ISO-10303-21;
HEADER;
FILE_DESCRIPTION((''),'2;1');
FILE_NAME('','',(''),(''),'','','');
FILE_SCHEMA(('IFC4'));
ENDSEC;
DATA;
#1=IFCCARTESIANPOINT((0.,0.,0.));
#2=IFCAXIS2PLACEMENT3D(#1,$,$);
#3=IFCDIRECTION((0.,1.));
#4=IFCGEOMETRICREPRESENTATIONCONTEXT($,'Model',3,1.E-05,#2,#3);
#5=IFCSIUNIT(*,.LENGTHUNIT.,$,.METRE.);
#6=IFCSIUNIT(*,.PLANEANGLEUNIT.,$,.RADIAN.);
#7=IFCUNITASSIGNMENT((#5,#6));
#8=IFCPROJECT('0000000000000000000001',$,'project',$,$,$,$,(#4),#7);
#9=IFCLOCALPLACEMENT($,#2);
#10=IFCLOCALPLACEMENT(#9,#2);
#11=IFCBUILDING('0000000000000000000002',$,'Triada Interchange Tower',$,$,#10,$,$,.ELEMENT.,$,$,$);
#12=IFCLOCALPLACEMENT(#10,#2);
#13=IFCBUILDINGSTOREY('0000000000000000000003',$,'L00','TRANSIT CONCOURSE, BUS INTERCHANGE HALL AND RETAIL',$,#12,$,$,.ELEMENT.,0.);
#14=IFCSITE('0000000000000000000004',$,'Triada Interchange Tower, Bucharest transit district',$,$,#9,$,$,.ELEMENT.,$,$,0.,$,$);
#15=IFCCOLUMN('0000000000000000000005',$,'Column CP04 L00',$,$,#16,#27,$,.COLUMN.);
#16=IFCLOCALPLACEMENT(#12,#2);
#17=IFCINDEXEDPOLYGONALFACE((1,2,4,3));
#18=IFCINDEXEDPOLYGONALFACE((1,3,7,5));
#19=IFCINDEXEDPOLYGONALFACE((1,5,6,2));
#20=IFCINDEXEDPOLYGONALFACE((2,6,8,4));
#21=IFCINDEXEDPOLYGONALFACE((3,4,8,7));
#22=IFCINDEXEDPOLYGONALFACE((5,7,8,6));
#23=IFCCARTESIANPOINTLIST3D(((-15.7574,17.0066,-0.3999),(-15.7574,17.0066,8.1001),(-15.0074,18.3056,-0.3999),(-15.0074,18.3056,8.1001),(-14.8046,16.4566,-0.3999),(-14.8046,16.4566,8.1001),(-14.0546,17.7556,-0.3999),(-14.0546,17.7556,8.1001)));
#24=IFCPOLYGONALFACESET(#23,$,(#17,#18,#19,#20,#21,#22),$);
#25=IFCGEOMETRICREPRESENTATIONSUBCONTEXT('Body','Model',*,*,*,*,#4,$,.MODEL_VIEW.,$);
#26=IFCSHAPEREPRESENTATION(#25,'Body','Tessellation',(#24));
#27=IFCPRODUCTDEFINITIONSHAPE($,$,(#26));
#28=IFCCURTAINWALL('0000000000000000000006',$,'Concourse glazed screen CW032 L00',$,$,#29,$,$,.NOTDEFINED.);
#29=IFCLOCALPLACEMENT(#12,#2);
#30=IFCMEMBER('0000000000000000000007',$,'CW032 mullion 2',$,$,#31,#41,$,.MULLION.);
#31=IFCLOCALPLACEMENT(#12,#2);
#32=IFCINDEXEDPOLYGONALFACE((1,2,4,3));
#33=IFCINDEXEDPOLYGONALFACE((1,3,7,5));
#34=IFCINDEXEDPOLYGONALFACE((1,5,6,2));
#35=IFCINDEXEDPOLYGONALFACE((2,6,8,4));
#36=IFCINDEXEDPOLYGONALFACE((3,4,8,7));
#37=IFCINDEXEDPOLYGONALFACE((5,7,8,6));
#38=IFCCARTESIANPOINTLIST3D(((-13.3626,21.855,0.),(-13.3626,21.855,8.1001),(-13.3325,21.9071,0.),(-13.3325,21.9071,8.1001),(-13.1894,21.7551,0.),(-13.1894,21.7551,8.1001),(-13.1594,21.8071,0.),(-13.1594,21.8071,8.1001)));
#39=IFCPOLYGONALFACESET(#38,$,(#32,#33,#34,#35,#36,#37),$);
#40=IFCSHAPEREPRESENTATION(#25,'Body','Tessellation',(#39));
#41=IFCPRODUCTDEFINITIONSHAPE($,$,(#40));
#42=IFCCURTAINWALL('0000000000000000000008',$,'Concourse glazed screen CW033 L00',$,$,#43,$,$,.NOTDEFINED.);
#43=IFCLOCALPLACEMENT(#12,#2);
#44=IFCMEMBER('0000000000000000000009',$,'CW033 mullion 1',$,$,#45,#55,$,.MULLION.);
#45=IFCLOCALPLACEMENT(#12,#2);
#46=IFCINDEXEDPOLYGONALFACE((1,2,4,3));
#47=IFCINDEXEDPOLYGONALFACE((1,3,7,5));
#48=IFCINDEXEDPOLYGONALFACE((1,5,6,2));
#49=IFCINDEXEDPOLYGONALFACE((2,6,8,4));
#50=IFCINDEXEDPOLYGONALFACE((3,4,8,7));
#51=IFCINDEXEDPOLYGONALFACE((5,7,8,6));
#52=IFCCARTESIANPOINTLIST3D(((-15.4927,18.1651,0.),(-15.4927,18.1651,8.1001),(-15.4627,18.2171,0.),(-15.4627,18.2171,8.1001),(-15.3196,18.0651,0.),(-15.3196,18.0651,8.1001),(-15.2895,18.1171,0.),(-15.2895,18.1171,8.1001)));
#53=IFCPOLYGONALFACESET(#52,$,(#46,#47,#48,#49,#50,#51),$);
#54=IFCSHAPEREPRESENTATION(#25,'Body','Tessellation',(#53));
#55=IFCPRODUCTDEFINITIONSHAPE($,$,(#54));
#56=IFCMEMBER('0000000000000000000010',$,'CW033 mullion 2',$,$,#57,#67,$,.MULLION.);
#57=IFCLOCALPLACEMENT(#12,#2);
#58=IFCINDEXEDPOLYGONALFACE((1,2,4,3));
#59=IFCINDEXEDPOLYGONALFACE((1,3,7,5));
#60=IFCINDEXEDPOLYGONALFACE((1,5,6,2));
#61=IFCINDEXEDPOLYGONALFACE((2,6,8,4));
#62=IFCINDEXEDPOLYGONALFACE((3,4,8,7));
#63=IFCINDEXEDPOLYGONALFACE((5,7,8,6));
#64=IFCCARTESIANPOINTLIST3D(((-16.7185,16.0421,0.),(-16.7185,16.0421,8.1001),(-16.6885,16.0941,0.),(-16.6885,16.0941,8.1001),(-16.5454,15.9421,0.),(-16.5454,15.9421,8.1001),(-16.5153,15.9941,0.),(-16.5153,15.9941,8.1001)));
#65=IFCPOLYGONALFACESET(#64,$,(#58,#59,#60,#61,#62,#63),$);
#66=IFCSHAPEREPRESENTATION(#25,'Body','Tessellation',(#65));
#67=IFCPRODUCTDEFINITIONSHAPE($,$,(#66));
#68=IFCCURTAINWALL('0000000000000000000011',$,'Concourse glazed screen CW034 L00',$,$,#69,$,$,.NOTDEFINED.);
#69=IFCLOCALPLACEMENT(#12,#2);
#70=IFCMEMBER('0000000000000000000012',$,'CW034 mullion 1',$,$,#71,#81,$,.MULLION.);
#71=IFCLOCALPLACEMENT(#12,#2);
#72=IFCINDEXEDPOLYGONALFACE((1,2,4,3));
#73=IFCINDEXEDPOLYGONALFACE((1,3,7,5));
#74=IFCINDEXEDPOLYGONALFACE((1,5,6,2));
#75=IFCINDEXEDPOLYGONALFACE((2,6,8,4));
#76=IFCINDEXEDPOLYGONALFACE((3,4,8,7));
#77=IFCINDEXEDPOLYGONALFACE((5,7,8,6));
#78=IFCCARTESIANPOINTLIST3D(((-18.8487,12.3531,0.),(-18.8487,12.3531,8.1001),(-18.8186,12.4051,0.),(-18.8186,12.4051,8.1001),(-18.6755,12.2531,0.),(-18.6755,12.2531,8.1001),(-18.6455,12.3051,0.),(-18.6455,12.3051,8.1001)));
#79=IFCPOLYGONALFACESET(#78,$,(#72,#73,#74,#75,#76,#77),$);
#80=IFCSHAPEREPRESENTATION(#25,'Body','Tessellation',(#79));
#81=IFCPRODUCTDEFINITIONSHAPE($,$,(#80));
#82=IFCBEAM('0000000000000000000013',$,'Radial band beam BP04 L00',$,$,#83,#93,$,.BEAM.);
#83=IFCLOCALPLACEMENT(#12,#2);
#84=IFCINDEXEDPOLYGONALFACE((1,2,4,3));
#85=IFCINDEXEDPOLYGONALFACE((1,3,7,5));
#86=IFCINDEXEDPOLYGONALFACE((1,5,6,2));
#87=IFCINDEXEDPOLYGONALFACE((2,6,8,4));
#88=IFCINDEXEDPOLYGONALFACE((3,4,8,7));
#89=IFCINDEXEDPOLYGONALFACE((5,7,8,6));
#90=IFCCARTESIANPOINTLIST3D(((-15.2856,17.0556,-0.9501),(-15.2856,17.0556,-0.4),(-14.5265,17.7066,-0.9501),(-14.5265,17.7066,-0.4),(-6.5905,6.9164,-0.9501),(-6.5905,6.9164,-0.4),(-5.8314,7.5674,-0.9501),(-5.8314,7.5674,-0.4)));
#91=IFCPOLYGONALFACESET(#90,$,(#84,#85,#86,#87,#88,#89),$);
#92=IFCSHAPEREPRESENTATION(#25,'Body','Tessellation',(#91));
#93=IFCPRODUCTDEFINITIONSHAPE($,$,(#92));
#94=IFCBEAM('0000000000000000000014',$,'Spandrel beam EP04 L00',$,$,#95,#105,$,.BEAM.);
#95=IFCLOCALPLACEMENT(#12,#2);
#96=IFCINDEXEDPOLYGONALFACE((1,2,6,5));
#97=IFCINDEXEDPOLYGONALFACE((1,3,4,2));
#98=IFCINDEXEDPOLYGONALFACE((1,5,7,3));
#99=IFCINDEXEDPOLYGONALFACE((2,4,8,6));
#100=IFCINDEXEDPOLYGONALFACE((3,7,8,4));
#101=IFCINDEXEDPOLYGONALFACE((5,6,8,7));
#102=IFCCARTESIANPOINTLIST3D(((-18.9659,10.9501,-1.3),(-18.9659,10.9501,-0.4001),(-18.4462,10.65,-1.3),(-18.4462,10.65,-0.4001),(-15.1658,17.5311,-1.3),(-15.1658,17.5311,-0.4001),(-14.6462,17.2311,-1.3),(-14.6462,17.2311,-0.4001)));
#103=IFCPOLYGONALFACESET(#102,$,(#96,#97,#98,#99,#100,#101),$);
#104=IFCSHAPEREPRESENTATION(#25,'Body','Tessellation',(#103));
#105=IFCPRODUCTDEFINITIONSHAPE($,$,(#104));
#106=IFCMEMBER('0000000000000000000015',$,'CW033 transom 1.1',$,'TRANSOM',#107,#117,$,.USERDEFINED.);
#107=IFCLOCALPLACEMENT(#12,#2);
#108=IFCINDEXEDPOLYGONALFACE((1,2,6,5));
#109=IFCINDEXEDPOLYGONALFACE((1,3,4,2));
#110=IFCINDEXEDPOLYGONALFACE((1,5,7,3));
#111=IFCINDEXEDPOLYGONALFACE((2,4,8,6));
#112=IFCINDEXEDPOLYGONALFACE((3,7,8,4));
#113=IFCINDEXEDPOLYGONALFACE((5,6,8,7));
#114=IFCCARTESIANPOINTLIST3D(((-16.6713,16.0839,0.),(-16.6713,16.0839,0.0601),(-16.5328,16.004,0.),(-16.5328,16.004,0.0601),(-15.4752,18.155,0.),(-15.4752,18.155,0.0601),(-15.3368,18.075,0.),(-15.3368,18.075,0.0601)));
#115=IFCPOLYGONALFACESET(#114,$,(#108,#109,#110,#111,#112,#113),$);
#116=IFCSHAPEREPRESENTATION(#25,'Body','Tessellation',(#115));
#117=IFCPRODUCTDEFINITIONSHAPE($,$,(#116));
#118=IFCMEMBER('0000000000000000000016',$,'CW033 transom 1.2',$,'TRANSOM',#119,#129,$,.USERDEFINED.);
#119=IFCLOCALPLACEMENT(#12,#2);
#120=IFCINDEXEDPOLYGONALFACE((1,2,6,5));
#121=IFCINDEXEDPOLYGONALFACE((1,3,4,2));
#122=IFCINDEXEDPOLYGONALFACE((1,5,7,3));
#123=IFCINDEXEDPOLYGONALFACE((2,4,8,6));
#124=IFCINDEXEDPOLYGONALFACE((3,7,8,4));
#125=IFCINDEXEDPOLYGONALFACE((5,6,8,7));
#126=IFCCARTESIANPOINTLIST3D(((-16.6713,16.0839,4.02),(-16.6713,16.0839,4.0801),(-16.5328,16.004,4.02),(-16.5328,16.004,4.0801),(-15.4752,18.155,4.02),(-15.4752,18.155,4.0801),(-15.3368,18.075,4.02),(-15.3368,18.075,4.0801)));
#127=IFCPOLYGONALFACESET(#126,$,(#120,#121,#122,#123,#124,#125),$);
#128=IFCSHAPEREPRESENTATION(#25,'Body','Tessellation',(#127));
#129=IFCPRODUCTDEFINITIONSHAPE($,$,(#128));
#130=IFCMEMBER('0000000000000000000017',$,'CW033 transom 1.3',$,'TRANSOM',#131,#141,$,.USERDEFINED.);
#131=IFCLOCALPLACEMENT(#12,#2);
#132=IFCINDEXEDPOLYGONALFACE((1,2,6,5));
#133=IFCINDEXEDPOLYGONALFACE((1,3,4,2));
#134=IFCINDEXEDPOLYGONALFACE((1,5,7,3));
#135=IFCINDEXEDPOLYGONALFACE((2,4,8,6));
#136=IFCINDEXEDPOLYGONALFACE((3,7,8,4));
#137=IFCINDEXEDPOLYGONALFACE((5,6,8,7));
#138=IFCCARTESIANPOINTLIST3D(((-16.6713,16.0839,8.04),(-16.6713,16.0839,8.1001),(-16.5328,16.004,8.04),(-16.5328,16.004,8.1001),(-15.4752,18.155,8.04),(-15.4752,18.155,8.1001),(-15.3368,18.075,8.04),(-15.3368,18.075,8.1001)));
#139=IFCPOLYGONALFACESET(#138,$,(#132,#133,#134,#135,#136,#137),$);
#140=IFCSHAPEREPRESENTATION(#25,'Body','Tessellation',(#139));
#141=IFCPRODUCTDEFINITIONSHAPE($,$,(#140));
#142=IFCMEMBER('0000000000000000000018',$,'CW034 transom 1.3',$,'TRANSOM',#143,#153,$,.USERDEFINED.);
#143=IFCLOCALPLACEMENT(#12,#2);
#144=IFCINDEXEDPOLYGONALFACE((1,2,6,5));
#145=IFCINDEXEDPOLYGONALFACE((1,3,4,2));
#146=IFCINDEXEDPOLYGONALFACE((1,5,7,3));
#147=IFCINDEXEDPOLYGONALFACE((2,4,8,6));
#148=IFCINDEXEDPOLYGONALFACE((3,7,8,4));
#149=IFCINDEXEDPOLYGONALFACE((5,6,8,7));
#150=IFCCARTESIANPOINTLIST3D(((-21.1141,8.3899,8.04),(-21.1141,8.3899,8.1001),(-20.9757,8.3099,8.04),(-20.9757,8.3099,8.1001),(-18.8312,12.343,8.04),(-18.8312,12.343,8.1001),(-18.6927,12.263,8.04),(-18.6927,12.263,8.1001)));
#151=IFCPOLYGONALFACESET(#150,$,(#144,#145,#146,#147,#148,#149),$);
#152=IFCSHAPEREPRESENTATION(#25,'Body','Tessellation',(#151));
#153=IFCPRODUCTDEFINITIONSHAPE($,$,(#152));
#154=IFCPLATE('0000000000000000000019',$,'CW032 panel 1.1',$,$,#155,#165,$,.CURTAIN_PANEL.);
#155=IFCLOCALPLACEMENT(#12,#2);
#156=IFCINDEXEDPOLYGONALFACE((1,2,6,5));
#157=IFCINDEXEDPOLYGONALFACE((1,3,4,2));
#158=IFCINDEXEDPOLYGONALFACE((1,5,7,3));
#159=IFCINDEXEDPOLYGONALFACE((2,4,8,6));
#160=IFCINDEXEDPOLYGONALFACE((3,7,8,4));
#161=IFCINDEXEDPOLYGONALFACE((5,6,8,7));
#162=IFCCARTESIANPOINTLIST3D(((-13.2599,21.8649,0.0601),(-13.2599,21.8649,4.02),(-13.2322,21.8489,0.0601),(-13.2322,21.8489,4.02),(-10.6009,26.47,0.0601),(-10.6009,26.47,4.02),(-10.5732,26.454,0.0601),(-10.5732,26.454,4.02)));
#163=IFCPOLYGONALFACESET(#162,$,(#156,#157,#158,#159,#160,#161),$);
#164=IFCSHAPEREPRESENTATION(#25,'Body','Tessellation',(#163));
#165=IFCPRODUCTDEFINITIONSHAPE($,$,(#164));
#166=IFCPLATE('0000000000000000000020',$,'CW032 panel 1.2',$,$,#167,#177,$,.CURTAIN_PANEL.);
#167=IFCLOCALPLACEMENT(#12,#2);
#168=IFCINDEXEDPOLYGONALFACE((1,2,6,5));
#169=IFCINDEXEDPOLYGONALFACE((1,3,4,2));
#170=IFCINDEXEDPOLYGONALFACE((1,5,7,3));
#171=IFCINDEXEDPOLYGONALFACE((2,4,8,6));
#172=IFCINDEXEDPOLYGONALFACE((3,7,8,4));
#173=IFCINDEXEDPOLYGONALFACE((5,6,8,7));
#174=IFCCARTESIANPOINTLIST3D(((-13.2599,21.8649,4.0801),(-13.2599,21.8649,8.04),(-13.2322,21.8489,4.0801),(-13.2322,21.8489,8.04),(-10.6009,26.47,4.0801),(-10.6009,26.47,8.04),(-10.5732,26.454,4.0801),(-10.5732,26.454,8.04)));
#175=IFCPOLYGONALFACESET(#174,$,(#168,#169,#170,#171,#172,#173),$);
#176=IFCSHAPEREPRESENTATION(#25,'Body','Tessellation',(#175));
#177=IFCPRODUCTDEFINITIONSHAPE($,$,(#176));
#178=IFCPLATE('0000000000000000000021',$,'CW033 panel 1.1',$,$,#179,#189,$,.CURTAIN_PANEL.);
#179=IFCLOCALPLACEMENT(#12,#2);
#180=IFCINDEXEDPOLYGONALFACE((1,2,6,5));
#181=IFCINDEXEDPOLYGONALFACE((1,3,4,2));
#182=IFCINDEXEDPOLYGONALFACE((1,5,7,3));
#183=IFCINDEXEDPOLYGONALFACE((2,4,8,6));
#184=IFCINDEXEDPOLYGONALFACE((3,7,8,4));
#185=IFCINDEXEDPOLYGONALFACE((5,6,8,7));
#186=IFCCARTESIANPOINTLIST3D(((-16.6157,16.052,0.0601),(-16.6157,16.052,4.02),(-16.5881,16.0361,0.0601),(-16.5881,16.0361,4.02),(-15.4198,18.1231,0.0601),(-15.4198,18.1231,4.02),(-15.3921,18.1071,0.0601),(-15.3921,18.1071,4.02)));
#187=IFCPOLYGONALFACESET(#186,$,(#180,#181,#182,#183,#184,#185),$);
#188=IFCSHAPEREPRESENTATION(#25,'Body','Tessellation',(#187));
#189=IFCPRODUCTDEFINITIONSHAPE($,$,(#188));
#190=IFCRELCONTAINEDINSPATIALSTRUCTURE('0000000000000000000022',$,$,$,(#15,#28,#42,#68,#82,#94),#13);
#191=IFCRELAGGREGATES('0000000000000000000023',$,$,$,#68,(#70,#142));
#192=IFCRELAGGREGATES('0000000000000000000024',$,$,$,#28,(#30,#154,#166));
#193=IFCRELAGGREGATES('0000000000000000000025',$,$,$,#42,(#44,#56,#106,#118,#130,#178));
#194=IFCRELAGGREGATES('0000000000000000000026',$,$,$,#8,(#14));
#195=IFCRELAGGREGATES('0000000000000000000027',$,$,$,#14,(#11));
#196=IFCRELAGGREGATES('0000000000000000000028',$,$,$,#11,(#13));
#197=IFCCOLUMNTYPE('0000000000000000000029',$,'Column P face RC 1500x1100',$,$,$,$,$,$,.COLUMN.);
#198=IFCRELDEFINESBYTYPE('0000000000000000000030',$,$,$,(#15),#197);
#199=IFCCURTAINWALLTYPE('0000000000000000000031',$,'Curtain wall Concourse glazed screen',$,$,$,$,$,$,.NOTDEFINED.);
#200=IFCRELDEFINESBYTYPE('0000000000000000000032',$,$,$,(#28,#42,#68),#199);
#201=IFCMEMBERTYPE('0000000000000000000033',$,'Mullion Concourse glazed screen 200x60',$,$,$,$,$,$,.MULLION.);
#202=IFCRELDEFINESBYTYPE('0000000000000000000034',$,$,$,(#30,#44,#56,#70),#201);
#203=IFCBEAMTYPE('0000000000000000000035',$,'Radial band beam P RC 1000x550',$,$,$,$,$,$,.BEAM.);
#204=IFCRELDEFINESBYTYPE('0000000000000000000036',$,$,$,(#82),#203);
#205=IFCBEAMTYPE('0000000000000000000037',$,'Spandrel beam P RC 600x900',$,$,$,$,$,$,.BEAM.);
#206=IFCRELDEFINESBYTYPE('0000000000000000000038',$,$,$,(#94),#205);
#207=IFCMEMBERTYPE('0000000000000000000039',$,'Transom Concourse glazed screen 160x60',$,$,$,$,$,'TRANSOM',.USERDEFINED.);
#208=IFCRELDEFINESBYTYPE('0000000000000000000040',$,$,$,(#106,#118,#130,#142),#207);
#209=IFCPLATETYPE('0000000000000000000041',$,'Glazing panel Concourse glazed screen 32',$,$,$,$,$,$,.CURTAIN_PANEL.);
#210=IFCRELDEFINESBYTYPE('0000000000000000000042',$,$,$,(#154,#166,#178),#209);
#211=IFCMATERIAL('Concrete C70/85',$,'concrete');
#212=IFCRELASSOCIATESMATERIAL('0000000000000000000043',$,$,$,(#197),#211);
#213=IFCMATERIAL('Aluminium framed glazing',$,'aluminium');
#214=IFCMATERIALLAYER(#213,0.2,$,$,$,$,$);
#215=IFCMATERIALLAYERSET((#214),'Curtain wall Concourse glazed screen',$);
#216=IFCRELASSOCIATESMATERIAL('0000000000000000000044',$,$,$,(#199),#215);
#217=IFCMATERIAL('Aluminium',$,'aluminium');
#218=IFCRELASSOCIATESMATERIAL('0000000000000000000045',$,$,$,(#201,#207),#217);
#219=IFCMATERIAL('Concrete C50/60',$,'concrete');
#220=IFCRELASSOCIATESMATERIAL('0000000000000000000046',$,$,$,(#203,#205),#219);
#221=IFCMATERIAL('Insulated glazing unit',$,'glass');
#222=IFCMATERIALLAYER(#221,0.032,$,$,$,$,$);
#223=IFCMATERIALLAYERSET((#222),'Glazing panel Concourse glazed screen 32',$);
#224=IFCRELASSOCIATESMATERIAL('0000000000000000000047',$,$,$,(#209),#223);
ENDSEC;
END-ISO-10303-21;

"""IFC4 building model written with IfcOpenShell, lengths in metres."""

from ifc_helpers import new_model, si_unit, direction, frame, origin, origin_2d, place, context, subcontext, project, spatial, rectangle, extrude, material, layer, layer_set, material_profile, profile_set, type_object, element, aggregate, save


model = new_model("IFC4")

# Units and contexts
model_context = context("Model", 3, precision=1e-05, world=origin(), true_north=direction((0.0, 1.0)))
body_context = subcontext(model_context, "Body", "Model", "MODEL_VIEW")
ifc_project = project(units=[si_unit("LENGTHUNIT", "METRE"), si_unit("PLANEANGLEUNIT", "RADIAN")], contexts=[model_context])

# Site, building, storey
site_placement = place(None, origin())
site = spatial("IfcSite", under=ifc_project, at=site_placement, Name="Triada Interchange Tower, Bucharest transit district", CompositionType="ELEMENT", RefElevation=0.0)
building_placement = place(site_placement, origin())
building = spatial("IfcBuilding", under=site, at=building_placement, Name="Triada Interchange Tower", CompositionType="ELEMENT")
storey_placement = place(building_placement, origin())
storey = spatial("IfcBuildingStorey", under=building, at=storey_placement, Name="L00", Description="TRANSIT CONCOURSE, BUS INTERCHANGE HALL AND RETAIL", CompositionType="ELEMENT", Elevation=0.0)

# Column
ifc_material_1 = material(Name="Concrete C70/85", Category="concrete")
ifc_material_profile_1 = material_profile(ifc_material_1, rectangle(XDim=1.5, YDim=1.1001, at=origin_2d()), Name="RC 1500x1100")
ifc_profile_set_1 = profile_set([ifc_material_profile_1], Name="Concrete C70/85")
column_type = type_object("IfcColumnType", Name="Column P face RC 1500x1100", PredefinedType="COLUMN", material=ifc_profile_set_1)
column_placement = place(storey_placement, frame((-14.906, 17.3811, -0.3999), z_axis=(0.0, 0.0, 1.0), x_axis=(0.5, 0.866025, 0.0)))
element("IfcColumn", 1, at=column_placement, inside=storey, type_object=column_type, Name="Column CP04 L00", PredefinedType="COLUMN", context=body_context, shape_type="SweptSolid", body=[
    extrude(rectangle(XDim=1.5, YDim=1.1001, at=origin_2d()), origin(), (0.0, 0.0, 1.0), 8.5),
])

# Curtain wall, member
ifc_material_2 = material(Name="Aluminium framed glazing", Category="aluminium")
ifc_layer_1 = layer(ifc_material_2, 0.2)
ifc_layer_set_1 = layer_set([ifc_layer_1], Name="Curtain wall Concourse glazed screen")
curtain_wall_type = type_object("IfcCurtainWallType", Name="Curtain wall Concourse glazed screen", PredefinedType="NOTDEFINED", material=ifc_layer_set_1)
curtain_wall_1_placement = place(storey_placement, origin())
curtain_wall_1 = element("IfcCurtainWall", 2, at=curtain_wall_1_placement, inside=storey, type_object=curtain_wall_type, Name="Concourse glazed screen CW032 L00", PredefinedType="NOTDEFINED")
ifc_material_3 = material(Name="Aluminium", Category="aluminium")
ifc_material_profile_2 = material_profile(ifc_material_3, rectangle(XDim=0.2, YDim=0.0601, at=origin_2d()), Name="Aluminium mullion")
ifc_profile_set_2 = profile_set([ifc_material_profile_2], Name="Aluminium")
member_type_1 = type_object("IfcMemberType", Name="Mullion Concourse glazed screen 200x60", PredefinedType="MULLION", material=ifc_profile_set_2)
member_1_placement = place(storey_placement, frame((-13.261, 21.8311, 0.0), z_axis=(0.0, 0.0, 1.0), x_axis=(0.866005, -0.500036, 0.0)))
member_1 = element("IfcMember", 3, at=member_1_placement, type_object=member_type_1, Name="CW032 mullion 2", PredefinedType="MULLION", context=body_context, shape_type="SweptSolid", body=[
    extrude(rectangle(XDim=0.2, YDim=0.0601, at=origin_2d()), origin(), (0.0, 0.0, 1.0), 8.1001),
])

# Curtain wall, members
curtain_wall_2_placement = place(storey_placement, origin())
curtain_wall_2 = element("IfcCurtainWall", 4, at=curtain_wall_2_placement, inside=storey, type_object=curtain_wall_type, Name="Concourse glazed screen CW033 L00", PredefinedType="NOTDEFINED")
member_2_placement = place(storey_placement, frame((-15.3911, 18.1411, 0.0), z_axis=(0.0, 0.0, 1.0), x_axis=(0.86598, -0.500079, 0.0)))
member_2 = element("IfcMember", 5, at=member_2_placement, type_object=member_type_1, Name="CW033 mullion 1", PredefinedType="MULLION", context=body_context, shape_type="SweptSolid", body=[
    extrude(rectangle(XDim=0.2, YDim=0.0601, at=origin_2d()), origin(), (0.0, 0.0, 1.0), 8.1001),
])
member_3_placement = place(storey_placement, frame((-16.6169, 16.0181, 0.0), z_axis=(0.0, 0.0, 1.0), x_axis=(0.86598, -0.500079, 0.0)))
member_3 = element("IfcMember", 6, at=member_3_placement, type_object=member_type_1, Name="CW033 mullion 2", PredefinedType="MULLION", context=body_context, shape_type="SweptSolid", body=[
    extrude(rectangle(XDim=0.2, YDim=0.0601, at=origin_2d()), origin(), (0.0, 0.0, 1.0), 8.1001),
])

# Curtain wall, member
curtain_wall_3_placement = place(storey_placement, origin())
curtain_wall_3 = element("IfcCurtainWall", 7, at=curtain_wall_3_placement, inside=storey, type_object=curtain_wall_type, Name="Concourse glazed screen CW034 L00", PredefinedType="NOTDEFINED")
member_4_placement = place(storey_placement, frame((-18.7471, 12.3291, 0.0), z_axis=(0.0, 0.0, 1.0), x_axis=(0.865962, -0.50011, 0.0)))
member_4 = element("IfcMember", 8, at=member_4_placement, type_object=member_type_1, Name="CW034 mullion 1", PredefinedType="MULLION", context=body_context, shape_type="SweptSolid", body=[
    extrude(rectangle(XDim=0.2, YDim=0.0601, at=origin_2d()), origin(), (0.0, 0.0, 1.0), 8.1001),
])

# Beams
ifc_material_4 = material(Name="Concrete C50/60", Category="concrete")
ifc_material_profile_3 = material_profile(ifc_material_4, rectangle(XDim=1.0, YDim=0.55, at=origin_2d()), Name="RC 1000x550")
ifc_profile_set_3 = profile_set([ifc_material_profile_3], Name="Concrete C50/60")
beam_type_1 = type_object("IfcBeamType", Name="Radial band beam P RC 1000x550", PredefinedType="BEAM", material=ifc_profile_set_3)
beam_1_placement = place(storey_placement, frame((-14.906, 17.3811, -0.675), z_axis=(0.65098, -0.759095, 0.0), x_axis=(0.759095, 0.65098, 0.0)))
element("IfcBeam", 9, at=beam_1_placement, inside=storey, type_object=beam_type_1, Name="Radial band beam BP04 L00", PredefinedType="BEAM", context=body_context, shape_type="SweptSolid", body=[
    extrude(rectangle(XDim=1.0, YDim=0.55, at=origin_2d()), origin(), (0.0, 0.0, 1.0), 13.3569),
])
ifc_material_profile_4 = material_profile(ifc_material_4, rectangle(XDim=0.6001, YDim=0.8999, at=origin_2d()), Name="RC 600x900")
ifc_profile_set_4 = profile_set([ifc_material_profile_4], Name="Concrete C50/60")
beam_type_2 = type_object("IfcBeamType", Name="Spandrel beam P RC 600x900", PredefinedType="BEAM", material=ifc_profile_set_4)
beam_2_placement = place(storey_placement, frame((-14.906, 17.3811, -0.8501), z_axis=(-0.500047, -0.865998, 0.0), x_axis=(0.865998, -0.500047, 0.0)))
element("IfcBeam", 10, at=beam_2_placement, inside=storey, type_object=beam_type_2, Name="Spandrel beam EP04 L00", PredefinedType="BEAM", context=body_context, shape_type="SweptSolid", body=[
    extrude(rectangle(XDim=0.6001, YDim=0.8999, at=origin_2d()), origin(), (0.0, 0.0, 1.0), 7.5994),
])

# Members
ifc_material_profile_5 = material_profile(ifc_material_3, rectangle(XDim=0.1599, YDim=0.0601, at=origin_2d()), Name="Aluminium transom")
ifc_profile_set_5 = profile_set([ifc_material_profile_5], Name="Aluminium")
member_type_2 = type_object("IfcMemberType", Name="Transom Concourse glazed screen 160x60", ElementType="TRANSOM", PredefinedType="USERDEFINED", material=ifc_profile_set_5)
member_5_placement = place(storey_placement, frame((-15.406, 18.115, 0.03), z_axis=(-0.500102, -0.865966, 0.0), x_axis=(0.865966, -0.500102, 0.0)))
member_5 = element("IfcMember", 11, at=member_5_placement, type_object=member_type_2, Name="CW033 transom 1.1", ObjectType="TRANSOM", PredefinedType="USERDEFINED", context=body_context, shape_type="SweptSolid", body=[
    extrude(rectangle(XDim=0.1599, YDim=0.0601, at=origin_2d()), origin(), (0.0, 0.0, 1.0), 2.3916),
])
member_6_placement = place(storey_placement, frame((-15.406, 18.115, 4.05), z_axis=(-0.500102, -0.865966, 0.0), x_axis=(0.865966, -0.500102, 0.0)))
member_6 = element("IfcMember", 12, at=member_6_placement, type_object=member_type_2, Name="CW033 transom 1.2", ObjectType="TRANSOM", PredefinedType="USERDEFINED", context=body_context, shape_type="SweptSolid", body=[
    extrude(rectangle(XDim=0.1599, YDim=0.0601, at=origin_2d()), origin(), (0.0, 0.0, 1.0), 2.3916),
])
member_7_placement = place(storey_placement, frame((-15.406, 18.115, 8.0701), z_axis=(-0.500102, -0.865966, 0.0), x_axis=(0.865966, -0.500102, 0.0)))
member_7 = element("IfcMember", 13, at=member_7_placement, type_object=member_type_2, Name="CW033 transom 1.3", ObjectType="TRANSOM", PredefinedType="USERDEFINED", context=body_context, shape_type="SweptSolid", body=[
    extrude(rectangle(XDim=0.1599, YDim=0.0601, at=origin_2d()), origin(), (0.0, 0.0, 1.0), 2.3916),
])
member_8_placement = place(storey_placement, frame((-18.762, 12.303, 8.0701), z_axis=(-0.500102, -0.865966, 0.0), x_axis=(0.865966, -0.500102, 0.0)))
member_8 = element("IfcMember", 14, at=member_8_placement, type_object=member_type_2, Name="CW034 transom 1.3", ObjectType="TRANSOM", PredefinedType="USERDEFINED", context=body_context, shape_type="SweptSolid", body=[
    extrude(rectangle(XDim=0.1599, YDim=0.0601, at=origin_2d()), origin(), (0.0, 0.0, 1.0), 4.5649),
])
aggregate(curtain_wall_3, [member_4, member_8])

# Plates
ifc_material_5 = material(Name="Insulated glazing unit", Category="glass")
ifc_layer_2 = layer(ifc_material_5, 0.032)
ifc_layer_set_2 = layer_set([ifc_layer_2], Name="Glazing panel Concourse glazed screen 32")
plate_type = type_object("IfcPlateType", Name="Glazing panel Concourse glazed screen 32", PredefinedType="CURTAIN_PANEL", material=ifc_layer_set_2)
plate_1_placement = place(storey_placement, frame((-11.9165, 24.1594, 0.0601), z_axis=(0.0, 0.0, 1.0), x_axis=(-0.500036, -0.866005, 0.0)))
plate_1 = element("IfcPlate", 15, at=plate_1_placement, type_object=plate_type, Name="CW032 panel 1.1", PredefinedType="CURTAIN_PANEL", context=body_context, shape_type="SweptSolid", body=[
    extrude(rectangle(XDim=5.3176, YDim=0.032, at=origin_2d()), origin(), (0.0, 0.0, 1.0), 3.96),
])
plate_2_placement = place(storey_placement, frame((-11.9165, 24.1594, 4.0801), z_axis=(0.0, 0.0, 1.0), x_axis=(-0.500036, -0.866005, 0.0)))
plate_2 = element("IfcPlate", 16, at=plate_2_placement, type_object=plate_type, Name="CW032 panel 1.2", PredefinedType="CURTAIN_PANEL", context=body_context, shape_type="SweptSolid", body=[
    extrude(rectangle(XDim=5.3176, YDim=0.032, at=origin_2d()), origin(), (0.0, 0.0, 1.0), 3.96),
])
aggregate(curtain_wall_1, [member_1, plate_1, plate_2])
plate_3_placement = place(storey_placement, frame((-16.0039, 17.0796, 0.0601), z_axis=(0.0, 0.0, 1.0), x_axis=(-0.500079, -0.86598, 0.0)))
plate_3 = element("IfcPlate", 17, at=plate_3_placement, type_object=plate_type, Name="CW033 panel 1.1", PredefinedType="CURTAIN_PANEL", context=body_context, shape_type="SweptSolid", body=[
    extrude(rectangle(XDim=2.3916, YDim=0.032, at=origin_2d()), origin(), (0.0, 0.0, 1.0), 3.96),
])
aggregate(curtain_wall_2, [member_2, member_3, member_5, member_6, member_7, plate_3])

save(model, "model.ifc")
